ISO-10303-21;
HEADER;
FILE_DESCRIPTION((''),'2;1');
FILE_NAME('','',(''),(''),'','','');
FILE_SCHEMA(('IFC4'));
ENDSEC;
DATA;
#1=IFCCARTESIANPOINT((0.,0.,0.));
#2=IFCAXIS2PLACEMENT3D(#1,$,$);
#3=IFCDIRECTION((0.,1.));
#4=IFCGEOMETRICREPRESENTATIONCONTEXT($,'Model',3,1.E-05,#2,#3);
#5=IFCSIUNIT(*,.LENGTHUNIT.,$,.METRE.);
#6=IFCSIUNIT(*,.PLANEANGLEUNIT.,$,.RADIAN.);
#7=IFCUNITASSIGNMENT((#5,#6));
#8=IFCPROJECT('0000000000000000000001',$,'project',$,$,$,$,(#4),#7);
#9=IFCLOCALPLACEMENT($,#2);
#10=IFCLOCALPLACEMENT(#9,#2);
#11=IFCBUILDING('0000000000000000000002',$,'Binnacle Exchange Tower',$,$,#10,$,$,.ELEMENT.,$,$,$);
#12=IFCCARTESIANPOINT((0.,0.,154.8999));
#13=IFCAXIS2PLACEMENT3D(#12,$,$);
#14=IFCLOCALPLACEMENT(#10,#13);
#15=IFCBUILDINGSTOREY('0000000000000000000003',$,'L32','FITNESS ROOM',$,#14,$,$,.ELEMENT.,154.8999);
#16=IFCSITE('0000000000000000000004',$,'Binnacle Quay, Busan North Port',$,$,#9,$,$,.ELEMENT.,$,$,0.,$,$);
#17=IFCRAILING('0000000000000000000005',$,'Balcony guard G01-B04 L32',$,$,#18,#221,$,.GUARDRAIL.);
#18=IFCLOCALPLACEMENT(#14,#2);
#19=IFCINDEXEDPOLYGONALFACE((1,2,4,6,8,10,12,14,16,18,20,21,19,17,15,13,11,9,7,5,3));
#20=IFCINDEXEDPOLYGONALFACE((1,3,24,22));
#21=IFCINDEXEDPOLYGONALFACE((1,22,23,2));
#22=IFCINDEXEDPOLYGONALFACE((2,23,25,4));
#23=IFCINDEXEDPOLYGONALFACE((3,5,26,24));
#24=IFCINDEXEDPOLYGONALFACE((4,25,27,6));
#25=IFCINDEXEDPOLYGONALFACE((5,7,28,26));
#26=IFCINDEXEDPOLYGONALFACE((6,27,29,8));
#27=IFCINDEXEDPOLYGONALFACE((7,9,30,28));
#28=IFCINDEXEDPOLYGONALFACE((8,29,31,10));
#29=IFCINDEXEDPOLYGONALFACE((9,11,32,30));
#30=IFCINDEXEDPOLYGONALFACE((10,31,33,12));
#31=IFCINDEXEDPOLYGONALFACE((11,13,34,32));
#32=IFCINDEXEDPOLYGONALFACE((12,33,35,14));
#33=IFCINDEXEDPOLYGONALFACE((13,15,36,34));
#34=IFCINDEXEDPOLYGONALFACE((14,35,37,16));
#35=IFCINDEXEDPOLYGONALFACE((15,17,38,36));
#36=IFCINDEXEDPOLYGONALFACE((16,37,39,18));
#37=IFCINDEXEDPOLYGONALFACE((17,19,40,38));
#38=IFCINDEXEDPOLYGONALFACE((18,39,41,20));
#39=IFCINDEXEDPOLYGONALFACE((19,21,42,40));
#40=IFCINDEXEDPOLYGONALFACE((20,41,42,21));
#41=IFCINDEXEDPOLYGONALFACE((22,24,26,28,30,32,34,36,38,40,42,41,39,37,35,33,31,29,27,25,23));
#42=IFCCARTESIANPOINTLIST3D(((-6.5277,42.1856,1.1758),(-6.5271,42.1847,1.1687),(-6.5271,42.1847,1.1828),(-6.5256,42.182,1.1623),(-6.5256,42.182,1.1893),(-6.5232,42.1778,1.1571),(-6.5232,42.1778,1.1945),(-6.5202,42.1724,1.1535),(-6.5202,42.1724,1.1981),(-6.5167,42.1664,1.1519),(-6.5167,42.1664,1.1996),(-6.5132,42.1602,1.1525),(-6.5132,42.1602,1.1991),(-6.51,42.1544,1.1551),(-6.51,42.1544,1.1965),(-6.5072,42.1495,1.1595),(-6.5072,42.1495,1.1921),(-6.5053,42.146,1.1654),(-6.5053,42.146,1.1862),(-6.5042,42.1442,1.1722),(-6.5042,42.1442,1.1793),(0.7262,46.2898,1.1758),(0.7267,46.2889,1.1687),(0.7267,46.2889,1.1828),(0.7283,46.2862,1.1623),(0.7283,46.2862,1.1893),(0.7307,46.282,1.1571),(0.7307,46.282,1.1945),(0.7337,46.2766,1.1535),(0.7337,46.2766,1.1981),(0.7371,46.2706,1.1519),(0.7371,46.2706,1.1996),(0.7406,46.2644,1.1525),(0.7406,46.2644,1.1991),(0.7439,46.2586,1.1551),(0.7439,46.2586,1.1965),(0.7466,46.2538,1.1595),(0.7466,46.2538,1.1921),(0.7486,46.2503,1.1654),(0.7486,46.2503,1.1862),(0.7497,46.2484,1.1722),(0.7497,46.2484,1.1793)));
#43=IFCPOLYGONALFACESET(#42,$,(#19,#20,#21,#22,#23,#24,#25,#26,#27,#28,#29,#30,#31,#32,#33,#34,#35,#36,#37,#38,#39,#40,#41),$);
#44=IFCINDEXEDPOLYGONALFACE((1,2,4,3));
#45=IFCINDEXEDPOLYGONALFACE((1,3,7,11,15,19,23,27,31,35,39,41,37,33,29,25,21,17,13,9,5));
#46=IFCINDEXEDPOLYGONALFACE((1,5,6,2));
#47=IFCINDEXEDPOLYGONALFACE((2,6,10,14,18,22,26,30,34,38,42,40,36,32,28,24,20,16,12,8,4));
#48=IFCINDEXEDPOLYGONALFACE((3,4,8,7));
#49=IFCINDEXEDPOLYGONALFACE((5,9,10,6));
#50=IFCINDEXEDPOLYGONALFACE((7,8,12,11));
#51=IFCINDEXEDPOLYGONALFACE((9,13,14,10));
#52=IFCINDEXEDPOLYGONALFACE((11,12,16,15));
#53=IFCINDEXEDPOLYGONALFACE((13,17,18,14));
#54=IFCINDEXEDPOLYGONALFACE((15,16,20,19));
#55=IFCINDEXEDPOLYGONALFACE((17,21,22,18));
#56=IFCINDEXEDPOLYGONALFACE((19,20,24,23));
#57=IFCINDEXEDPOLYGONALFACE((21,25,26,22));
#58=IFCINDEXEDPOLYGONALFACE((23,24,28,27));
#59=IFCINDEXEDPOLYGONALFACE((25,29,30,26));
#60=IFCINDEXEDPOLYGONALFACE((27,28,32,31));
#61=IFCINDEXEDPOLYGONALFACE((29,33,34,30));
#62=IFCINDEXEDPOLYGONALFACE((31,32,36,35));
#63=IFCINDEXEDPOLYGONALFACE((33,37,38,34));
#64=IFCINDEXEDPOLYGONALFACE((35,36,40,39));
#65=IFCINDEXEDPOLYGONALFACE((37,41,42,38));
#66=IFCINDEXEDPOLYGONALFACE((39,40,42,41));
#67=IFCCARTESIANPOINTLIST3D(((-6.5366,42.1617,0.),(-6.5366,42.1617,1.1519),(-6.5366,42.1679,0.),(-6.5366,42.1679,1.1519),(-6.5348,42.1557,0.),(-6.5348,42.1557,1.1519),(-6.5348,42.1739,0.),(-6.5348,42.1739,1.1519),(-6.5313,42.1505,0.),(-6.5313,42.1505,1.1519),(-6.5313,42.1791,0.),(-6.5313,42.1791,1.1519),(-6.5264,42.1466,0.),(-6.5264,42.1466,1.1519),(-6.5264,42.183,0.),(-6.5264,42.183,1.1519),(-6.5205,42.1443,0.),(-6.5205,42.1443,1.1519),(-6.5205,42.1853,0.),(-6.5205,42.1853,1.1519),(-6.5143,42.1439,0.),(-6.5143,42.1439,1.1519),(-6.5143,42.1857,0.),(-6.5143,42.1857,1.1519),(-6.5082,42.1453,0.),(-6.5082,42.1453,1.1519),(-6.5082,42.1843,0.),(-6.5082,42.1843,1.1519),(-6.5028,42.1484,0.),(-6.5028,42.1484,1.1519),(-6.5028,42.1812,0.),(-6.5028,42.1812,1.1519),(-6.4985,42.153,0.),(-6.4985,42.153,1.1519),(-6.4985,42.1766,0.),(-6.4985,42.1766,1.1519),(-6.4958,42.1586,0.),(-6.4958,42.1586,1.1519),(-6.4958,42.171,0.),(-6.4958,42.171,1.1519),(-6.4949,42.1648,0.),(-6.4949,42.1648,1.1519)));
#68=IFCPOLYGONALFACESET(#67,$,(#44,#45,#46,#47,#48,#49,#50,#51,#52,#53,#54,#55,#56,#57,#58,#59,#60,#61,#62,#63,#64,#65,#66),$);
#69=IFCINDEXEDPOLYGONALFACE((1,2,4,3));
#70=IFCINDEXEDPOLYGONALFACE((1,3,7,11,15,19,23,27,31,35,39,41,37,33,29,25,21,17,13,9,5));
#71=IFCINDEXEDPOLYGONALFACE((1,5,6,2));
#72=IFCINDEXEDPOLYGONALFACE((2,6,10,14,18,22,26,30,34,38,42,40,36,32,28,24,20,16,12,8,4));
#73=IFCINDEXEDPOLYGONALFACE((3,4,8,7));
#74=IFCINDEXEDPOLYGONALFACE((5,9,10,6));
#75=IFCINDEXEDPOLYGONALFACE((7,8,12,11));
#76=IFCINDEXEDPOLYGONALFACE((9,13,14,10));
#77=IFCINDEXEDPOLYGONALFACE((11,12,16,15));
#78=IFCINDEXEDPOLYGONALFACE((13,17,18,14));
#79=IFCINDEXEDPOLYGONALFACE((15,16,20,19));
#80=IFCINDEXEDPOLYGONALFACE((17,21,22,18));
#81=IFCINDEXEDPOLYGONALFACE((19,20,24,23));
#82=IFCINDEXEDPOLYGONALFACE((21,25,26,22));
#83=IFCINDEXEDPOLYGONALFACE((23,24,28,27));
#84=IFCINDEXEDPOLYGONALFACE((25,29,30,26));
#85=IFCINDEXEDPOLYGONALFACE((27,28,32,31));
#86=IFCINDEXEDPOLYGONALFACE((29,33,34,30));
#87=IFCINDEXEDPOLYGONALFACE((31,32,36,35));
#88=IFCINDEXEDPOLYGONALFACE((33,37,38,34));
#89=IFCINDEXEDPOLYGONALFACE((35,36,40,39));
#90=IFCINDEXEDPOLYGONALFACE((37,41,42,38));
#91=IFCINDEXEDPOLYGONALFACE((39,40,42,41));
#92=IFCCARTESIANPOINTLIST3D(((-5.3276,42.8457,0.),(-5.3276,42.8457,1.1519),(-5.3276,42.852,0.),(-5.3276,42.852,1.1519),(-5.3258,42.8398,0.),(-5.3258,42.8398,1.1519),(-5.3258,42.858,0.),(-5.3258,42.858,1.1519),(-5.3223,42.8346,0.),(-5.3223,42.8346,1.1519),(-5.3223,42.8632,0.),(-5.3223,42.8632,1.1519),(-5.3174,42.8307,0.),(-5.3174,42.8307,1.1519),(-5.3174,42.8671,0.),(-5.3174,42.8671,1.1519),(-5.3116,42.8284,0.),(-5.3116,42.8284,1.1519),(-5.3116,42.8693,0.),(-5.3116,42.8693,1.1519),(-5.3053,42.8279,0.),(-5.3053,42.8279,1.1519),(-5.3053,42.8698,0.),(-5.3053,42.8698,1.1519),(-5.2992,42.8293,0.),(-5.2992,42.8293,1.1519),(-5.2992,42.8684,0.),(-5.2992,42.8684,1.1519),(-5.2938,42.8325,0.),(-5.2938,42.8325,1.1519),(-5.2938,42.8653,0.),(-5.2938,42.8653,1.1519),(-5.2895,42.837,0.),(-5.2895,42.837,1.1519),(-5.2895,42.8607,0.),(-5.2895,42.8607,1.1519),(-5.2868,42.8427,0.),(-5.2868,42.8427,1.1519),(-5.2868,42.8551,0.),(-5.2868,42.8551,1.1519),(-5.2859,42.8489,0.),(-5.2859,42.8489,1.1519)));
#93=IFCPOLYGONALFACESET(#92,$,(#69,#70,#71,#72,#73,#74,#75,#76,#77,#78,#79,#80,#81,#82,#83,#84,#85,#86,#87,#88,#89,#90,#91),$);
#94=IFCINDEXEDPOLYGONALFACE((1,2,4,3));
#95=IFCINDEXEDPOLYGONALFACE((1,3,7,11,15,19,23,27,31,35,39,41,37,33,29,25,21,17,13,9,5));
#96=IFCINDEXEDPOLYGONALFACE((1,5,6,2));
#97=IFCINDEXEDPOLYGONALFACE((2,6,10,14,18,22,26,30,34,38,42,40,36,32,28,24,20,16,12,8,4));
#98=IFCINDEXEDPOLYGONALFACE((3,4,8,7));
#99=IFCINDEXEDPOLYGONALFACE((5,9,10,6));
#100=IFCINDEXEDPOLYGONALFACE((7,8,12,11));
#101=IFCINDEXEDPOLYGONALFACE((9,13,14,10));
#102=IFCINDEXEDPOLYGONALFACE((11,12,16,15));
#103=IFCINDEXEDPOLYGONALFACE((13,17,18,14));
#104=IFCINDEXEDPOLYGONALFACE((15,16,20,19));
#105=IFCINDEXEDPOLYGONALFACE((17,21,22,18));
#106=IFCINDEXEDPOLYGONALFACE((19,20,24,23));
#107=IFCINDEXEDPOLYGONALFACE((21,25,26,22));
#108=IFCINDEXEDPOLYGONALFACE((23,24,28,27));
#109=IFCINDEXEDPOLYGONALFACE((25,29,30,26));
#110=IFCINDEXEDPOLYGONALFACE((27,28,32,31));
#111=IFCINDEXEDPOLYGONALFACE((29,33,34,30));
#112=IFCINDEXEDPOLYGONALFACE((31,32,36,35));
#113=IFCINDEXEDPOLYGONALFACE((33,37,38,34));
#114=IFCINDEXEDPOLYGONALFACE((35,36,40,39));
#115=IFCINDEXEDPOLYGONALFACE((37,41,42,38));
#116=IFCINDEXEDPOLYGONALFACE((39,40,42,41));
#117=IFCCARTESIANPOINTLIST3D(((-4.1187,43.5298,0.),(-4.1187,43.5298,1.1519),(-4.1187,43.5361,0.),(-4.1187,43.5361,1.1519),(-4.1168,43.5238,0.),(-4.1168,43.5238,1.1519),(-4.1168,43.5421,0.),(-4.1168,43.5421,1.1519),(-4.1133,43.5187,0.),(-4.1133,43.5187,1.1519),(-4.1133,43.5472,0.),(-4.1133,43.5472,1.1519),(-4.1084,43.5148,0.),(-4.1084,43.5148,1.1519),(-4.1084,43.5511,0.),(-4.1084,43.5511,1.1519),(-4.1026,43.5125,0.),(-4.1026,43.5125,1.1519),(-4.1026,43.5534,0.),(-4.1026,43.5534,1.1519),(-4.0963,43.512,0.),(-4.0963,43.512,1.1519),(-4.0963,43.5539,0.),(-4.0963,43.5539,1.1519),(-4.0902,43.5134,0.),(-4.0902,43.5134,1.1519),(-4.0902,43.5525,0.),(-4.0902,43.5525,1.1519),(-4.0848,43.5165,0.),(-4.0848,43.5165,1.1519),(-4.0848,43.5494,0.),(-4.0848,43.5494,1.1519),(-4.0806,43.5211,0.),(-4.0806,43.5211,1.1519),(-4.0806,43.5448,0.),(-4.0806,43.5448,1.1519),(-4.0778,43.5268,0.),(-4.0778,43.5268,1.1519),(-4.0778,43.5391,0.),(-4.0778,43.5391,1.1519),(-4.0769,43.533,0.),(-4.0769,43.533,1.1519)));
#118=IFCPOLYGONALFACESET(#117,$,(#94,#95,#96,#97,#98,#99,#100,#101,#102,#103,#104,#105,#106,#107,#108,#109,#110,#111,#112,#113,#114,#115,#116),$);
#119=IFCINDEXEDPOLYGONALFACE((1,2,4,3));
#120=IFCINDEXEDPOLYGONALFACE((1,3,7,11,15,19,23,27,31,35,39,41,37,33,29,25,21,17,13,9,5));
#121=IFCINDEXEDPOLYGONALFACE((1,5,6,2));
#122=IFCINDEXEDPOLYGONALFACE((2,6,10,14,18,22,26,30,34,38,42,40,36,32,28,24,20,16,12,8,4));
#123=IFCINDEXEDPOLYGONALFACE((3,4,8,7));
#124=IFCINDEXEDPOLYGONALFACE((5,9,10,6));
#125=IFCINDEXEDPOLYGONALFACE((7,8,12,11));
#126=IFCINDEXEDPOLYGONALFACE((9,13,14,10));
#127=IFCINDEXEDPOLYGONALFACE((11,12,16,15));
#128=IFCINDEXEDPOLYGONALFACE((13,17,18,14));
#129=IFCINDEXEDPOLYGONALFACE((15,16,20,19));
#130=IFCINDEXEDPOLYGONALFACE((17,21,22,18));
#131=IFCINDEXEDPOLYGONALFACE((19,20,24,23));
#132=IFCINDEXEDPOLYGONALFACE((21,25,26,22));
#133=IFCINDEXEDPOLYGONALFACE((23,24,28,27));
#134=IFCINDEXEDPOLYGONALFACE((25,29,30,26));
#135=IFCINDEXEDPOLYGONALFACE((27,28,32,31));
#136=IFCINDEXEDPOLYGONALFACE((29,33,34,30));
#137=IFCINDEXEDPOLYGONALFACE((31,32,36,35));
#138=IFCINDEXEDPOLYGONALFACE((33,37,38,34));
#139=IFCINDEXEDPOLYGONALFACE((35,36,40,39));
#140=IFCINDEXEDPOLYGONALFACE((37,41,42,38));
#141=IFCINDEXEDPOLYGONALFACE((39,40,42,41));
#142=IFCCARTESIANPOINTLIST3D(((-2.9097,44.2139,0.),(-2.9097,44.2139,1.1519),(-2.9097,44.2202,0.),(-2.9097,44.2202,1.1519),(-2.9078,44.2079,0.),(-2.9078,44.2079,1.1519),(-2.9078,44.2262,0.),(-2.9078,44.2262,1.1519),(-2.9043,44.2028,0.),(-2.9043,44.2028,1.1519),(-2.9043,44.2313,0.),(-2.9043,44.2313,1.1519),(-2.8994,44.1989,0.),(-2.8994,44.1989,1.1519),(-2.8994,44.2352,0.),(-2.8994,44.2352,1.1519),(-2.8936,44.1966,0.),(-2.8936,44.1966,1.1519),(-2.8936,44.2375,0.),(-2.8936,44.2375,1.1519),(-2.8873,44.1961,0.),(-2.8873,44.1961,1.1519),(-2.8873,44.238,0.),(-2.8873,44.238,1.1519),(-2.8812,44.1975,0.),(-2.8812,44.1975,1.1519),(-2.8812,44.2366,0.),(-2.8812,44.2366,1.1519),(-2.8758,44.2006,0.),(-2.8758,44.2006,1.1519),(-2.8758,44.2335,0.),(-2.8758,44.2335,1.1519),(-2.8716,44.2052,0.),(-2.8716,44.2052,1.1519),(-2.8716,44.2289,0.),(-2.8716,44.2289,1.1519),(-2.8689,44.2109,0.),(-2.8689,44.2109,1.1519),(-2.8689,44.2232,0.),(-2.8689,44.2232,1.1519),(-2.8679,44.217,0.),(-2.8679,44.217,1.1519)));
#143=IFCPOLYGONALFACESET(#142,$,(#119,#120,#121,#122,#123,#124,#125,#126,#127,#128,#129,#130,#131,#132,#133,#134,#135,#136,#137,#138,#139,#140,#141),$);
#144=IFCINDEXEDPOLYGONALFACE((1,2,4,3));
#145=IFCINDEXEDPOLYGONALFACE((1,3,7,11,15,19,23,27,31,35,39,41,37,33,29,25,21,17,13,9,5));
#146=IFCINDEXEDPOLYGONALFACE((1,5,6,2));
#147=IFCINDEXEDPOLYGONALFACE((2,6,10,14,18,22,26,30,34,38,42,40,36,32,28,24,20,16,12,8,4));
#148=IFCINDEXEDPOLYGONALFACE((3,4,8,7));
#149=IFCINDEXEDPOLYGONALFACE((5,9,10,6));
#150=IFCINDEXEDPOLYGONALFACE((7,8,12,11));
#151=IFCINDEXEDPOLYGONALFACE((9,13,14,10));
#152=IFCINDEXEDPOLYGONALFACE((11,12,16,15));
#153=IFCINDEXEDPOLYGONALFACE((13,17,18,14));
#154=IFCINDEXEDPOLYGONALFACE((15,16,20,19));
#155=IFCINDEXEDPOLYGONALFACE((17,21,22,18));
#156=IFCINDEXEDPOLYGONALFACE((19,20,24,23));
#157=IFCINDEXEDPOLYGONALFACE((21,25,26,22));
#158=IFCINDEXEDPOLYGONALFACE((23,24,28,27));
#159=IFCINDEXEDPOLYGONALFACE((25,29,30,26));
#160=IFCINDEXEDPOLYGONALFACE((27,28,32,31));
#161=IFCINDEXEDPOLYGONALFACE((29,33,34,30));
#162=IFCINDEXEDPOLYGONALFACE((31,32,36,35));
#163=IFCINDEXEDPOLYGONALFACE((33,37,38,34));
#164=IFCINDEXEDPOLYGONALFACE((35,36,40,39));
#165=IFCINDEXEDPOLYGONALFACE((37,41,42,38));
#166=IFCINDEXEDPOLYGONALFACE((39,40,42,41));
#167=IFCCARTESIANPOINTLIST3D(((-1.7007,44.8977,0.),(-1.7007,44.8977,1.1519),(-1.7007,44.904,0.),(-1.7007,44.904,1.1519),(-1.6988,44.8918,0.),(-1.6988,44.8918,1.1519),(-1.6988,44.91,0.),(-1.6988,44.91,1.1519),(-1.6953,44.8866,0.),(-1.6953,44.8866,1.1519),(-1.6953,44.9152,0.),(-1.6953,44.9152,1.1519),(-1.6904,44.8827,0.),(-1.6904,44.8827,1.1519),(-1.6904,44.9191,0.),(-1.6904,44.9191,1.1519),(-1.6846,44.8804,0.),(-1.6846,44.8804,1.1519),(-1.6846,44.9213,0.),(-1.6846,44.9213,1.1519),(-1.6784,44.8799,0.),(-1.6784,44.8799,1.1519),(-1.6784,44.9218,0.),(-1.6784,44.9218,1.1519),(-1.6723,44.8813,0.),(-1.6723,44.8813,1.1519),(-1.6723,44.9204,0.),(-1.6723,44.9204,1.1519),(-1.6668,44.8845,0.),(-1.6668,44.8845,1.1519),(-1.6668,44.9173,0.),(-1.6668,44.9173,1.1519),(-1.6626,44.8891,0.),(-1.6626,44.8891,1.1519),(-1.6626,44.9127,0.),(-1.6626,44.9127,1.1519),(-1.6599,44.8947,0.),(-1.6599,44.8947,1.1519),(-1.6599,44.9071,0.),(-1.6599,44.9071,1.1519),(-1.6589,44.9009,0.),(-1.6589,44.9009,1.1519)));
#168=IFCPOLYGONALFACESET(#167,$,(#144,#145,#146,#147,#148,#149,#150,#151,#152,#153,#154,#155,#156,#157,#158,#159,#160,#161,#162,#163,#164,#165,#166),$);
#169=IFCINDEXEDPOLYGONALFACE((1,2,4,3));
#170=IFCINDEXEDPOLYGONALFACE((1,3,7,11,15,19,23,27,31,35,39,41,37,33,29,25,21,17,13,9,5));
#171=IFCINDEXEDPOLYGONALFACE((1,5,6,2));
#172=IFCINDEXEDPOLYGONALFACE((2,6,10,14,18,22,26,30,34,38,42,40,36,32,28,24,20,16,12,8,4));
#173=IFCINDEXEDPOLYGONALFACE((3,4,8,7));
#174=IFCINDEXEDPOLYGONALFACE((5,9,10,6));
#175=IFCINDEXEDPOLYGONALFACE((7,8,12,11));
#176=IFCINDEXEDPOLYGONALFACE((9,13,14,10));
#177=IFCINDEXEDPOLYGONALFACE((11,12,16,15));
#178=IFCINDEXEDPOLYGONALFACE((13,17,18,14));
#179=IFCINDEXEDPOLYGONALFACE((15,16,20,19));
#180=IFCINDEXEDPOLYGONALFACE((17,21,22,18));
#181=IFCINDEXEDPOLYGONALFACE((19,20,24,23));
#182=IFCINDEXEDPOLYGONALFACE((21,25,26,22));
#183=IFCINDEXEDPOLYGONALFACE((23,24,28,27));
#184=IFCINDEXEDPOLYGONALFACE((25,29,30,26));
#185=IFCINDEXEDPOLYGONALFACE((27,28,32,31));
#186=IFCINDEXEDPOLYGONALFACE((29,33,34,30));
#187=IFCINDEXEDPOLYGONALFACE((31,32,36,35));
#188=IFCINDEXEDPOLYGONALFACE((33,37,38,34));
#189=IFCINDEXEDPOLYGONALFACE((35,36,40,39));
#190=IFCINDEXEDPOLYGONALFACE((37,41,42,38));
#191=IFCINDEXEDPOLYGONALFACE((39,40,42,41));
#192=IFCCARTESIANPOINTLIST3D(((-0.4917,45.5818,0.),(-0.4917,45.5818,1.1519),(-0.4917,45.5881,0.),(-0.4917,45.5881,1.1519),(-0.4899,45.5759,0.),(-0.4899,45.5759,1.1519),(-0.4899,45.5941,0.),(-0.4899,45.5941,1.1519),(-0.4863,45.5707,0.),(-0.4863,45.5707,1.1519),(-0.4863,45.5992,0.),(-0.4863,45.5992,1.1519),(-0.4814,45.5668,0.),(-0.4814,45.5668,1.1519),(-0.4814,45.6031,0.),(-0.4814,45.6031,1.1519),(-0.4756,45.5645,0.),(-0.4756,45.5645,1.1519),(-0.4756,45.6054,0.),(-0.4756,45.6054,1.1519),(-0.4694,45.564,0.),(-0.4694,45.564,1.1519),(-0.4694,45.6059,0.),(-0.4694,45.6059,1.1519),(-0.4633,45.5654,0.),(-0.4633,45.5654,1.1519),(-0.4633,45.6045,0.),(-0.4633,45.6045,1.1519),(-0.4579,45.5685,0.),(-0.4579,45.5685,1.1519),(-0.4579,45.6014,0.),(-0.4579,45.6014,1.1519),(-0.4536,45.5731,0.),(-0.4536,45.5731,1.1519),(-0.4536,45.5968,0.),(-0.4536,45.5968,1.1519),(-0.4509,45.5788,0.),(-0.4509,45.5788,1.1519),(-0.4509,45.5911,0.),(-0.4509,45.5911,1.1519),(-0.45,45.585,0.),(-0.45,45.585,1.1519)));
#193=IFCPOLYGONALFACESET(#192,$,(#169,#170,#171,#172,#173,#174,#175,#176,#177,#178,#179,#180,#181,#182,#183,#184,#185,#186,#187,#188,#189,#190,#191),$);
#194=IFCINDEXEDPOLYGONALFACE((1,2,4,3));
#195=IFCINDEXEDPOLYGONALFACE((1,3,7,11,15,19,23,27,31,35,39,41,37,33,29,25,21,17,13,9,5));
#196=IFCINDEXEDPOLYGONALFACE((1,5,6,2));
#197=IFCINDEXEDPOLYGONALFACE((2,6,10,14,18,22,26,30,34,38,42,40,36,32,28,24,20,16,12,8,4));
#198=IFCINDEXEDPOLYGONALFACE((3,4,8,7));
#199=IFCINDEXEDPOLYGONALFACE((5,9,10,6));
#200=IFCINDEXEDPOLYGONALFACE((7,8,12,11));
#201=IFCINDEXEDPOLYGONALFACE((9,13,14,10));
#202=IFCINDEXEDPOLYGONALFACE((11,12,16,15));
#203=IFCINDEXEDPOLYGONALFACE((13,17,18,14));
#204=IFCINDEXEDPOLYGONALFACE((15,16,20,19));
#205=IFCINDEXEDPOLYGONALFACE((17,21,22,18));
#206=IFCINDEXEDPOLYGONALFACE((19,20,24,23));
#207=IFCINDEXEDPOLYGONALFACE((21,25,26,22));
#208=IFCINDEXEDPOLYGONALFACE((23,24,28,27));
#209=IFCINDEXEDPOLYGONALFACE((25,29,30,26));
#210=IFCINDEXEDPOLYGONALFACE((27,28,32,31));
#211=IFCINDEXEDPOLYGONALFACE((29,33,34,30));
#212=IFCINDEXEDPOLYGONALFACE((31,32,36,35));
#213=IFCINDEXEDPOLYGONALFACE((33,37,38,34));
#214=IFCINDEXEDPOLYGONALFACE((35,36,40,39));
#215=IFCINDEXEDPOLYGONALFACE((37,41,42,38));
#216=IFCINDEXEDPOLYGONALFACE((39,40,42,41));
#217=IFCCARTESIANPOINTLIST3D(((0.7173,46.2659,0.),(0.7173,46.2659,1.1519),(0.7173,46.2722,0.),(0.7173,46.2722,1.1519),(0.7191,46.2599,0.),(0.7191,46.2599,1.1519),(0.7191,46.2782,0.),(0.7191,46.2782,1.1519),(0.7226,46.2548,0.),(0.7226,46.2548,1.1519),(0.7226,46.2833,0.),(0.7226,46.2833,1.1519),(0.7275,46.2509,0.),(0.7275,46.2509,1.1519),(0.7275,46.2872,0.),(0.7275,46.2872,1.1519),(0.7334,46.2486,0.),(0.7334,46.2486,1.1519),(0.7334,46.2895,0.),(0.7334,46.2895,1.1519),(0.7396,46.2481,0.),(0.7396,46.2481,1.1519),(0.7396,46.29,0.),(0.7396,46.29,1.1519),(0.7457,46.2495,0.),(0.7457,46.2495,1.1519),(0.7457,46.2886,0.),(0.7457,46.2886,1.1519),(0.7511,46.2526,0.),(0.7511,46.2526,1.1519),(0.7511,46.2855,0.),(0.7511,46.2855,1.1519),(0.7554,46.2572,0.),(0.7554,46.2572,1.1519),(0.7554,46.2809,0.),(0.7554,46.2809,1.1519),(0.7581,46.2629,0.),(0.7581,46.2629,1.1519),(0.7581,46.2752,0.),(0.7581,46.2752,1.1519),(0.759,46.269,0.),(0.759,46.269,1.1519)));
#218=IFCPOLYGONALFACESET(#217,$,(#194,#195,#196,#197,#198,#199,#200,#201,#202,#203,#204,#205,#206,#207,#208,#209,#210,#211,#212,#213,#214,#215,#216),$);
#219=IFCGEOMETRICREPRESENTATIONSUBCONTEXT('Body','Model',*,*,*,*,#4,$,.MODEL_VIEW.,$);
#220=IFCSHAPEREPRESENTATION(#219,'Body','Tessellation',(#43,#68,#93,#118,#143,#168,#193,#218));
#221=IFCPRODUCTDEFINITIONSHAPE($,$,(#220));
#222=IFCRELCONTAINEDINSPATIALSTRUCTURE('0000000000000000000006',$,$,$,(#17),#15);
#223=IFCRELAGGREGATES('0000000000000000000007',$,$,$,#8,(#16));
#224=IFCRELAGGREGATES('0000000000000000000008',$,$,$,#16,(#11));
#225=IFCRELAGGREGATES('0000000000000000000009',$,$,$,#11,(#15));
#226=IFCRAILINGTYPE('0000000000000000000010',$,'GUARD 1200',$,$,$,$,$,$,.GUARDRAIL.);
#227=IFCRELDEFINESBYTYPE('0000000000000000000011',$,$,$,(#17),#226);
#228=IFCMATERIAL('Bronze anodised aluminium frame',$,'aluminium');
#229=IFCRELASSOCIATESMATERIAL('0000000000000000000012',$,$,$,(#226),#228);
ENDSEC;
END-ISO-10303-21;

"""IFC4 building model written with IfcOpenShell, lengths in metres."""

from ifc_helpers import new_model, si_unit, direction, frame, origin, origin_2d, place, context, subcontext, project, spatial, circle, extrude, material, type_object, element, save


model = new_model("IFC4")

# Units and contexts
model_context = context("Model", 3, precision=1e-05, world=origin(), true_north=direction((0.0, 1.0)))
body_context = subcontext(model_context, "Body", "Model", "MODEL_VIEW")
ifc_project = project(units=[si_unit("LENGTHUNIT", "METRE"), si_unit("PLANEANGLEUNIT", "RADIAN")], contexts=[model_context])

# Site, building, storey
site_placement = place(None, origin())
site = spatial("IfcSite", under=ifc_project, at=site_placement, Name="Binnacle Quay, Busan North Port", CompositionType="ELEMENT", RefElevation=0.0)
building_placement = place(site_placement, origin())
building = spatial("IfcBuilding", under=site, at=building_placement, Name="Binnacle Exchange Tower", CompositionType="ELEMENT")
storey_placement = place(building_placement, frame((0.0, 0.0, 154.8999)))
storey = spatial("IfcBuildingStorey", under=building, at=storey_placement, Name="L32", Description="FITNESS ROOM", CompositionType="ELEMENT", Elevation=154.8999)

# Shared definitions
ifc_material_1 = material(Name="Bronze anodised aluminium frame", Category="aluminium")

# Railing
railing_type = type_object("IfcRailingType", Name="GUARD 1200", PredefinedType="GUARDRAIL", material=ifc_material_1)
railing_placement = place(storey_placement, frame((-6.5159, 42.1648, 0.0)))
element("IfcRailing", 1, at=railing_placement, inside=storey, type_object=railing_type, Name="Balcony guard G01-B04 L32", PredefinedType="GUARDRAIL", context=body_context, shape_type="SweptSolid", body=[
    extrude(circle(Radius=0.0239, at=origin_2d()), frame((0.0, 0.0, 1.1758), z_axis=(0.870346, 0.49244, 0.0), x_axis=(-0.49244, 0.870346, 0.0)), (0.0, 0.0, 1.0), 8.3345),
    extrude(circle(Radius=0.021, at=origin_2d()), origin(), (0.0, 0.0, 1.0), 1.1519),
    extrude(circle(Radius=0.021, at=origin_2d()), frame((1.209, 0.6841, 0.0)), (0.0, 0.0, 1.0), 1.1519),
    extrude(circle(Radius=0.021, at=origin_2d()), frame((2.418, 1.3682, 0.0)), (0.0, 0.0, 1.0), 1.1519),
    extrude(circle(Radius=0.021, at=origin_2d()), frame((3.627, 2.0522, 0.0)), (0.0, 0.0, 1.0), 1.1519),
    extrude(circle(Radius=0.021, at=origin_2d()), frame((4.8359, 2.7361, 0.0)), (0.0, 0.0, 1.0), 1.1519),
    extrude(circle(Radius=0.021, at=origin_2d()), frame((6.0449, 3.4202, 0.0)), (0.0, 0.0, 1.0), 1.1519),
    extrude(circle(Radius=0.021, at=origin_2d()), frame((7.2539, 4.1042, 0.0)), (0.0, 0.0, 1.0), 1.1519),
])

save(model, "model.ifc")
